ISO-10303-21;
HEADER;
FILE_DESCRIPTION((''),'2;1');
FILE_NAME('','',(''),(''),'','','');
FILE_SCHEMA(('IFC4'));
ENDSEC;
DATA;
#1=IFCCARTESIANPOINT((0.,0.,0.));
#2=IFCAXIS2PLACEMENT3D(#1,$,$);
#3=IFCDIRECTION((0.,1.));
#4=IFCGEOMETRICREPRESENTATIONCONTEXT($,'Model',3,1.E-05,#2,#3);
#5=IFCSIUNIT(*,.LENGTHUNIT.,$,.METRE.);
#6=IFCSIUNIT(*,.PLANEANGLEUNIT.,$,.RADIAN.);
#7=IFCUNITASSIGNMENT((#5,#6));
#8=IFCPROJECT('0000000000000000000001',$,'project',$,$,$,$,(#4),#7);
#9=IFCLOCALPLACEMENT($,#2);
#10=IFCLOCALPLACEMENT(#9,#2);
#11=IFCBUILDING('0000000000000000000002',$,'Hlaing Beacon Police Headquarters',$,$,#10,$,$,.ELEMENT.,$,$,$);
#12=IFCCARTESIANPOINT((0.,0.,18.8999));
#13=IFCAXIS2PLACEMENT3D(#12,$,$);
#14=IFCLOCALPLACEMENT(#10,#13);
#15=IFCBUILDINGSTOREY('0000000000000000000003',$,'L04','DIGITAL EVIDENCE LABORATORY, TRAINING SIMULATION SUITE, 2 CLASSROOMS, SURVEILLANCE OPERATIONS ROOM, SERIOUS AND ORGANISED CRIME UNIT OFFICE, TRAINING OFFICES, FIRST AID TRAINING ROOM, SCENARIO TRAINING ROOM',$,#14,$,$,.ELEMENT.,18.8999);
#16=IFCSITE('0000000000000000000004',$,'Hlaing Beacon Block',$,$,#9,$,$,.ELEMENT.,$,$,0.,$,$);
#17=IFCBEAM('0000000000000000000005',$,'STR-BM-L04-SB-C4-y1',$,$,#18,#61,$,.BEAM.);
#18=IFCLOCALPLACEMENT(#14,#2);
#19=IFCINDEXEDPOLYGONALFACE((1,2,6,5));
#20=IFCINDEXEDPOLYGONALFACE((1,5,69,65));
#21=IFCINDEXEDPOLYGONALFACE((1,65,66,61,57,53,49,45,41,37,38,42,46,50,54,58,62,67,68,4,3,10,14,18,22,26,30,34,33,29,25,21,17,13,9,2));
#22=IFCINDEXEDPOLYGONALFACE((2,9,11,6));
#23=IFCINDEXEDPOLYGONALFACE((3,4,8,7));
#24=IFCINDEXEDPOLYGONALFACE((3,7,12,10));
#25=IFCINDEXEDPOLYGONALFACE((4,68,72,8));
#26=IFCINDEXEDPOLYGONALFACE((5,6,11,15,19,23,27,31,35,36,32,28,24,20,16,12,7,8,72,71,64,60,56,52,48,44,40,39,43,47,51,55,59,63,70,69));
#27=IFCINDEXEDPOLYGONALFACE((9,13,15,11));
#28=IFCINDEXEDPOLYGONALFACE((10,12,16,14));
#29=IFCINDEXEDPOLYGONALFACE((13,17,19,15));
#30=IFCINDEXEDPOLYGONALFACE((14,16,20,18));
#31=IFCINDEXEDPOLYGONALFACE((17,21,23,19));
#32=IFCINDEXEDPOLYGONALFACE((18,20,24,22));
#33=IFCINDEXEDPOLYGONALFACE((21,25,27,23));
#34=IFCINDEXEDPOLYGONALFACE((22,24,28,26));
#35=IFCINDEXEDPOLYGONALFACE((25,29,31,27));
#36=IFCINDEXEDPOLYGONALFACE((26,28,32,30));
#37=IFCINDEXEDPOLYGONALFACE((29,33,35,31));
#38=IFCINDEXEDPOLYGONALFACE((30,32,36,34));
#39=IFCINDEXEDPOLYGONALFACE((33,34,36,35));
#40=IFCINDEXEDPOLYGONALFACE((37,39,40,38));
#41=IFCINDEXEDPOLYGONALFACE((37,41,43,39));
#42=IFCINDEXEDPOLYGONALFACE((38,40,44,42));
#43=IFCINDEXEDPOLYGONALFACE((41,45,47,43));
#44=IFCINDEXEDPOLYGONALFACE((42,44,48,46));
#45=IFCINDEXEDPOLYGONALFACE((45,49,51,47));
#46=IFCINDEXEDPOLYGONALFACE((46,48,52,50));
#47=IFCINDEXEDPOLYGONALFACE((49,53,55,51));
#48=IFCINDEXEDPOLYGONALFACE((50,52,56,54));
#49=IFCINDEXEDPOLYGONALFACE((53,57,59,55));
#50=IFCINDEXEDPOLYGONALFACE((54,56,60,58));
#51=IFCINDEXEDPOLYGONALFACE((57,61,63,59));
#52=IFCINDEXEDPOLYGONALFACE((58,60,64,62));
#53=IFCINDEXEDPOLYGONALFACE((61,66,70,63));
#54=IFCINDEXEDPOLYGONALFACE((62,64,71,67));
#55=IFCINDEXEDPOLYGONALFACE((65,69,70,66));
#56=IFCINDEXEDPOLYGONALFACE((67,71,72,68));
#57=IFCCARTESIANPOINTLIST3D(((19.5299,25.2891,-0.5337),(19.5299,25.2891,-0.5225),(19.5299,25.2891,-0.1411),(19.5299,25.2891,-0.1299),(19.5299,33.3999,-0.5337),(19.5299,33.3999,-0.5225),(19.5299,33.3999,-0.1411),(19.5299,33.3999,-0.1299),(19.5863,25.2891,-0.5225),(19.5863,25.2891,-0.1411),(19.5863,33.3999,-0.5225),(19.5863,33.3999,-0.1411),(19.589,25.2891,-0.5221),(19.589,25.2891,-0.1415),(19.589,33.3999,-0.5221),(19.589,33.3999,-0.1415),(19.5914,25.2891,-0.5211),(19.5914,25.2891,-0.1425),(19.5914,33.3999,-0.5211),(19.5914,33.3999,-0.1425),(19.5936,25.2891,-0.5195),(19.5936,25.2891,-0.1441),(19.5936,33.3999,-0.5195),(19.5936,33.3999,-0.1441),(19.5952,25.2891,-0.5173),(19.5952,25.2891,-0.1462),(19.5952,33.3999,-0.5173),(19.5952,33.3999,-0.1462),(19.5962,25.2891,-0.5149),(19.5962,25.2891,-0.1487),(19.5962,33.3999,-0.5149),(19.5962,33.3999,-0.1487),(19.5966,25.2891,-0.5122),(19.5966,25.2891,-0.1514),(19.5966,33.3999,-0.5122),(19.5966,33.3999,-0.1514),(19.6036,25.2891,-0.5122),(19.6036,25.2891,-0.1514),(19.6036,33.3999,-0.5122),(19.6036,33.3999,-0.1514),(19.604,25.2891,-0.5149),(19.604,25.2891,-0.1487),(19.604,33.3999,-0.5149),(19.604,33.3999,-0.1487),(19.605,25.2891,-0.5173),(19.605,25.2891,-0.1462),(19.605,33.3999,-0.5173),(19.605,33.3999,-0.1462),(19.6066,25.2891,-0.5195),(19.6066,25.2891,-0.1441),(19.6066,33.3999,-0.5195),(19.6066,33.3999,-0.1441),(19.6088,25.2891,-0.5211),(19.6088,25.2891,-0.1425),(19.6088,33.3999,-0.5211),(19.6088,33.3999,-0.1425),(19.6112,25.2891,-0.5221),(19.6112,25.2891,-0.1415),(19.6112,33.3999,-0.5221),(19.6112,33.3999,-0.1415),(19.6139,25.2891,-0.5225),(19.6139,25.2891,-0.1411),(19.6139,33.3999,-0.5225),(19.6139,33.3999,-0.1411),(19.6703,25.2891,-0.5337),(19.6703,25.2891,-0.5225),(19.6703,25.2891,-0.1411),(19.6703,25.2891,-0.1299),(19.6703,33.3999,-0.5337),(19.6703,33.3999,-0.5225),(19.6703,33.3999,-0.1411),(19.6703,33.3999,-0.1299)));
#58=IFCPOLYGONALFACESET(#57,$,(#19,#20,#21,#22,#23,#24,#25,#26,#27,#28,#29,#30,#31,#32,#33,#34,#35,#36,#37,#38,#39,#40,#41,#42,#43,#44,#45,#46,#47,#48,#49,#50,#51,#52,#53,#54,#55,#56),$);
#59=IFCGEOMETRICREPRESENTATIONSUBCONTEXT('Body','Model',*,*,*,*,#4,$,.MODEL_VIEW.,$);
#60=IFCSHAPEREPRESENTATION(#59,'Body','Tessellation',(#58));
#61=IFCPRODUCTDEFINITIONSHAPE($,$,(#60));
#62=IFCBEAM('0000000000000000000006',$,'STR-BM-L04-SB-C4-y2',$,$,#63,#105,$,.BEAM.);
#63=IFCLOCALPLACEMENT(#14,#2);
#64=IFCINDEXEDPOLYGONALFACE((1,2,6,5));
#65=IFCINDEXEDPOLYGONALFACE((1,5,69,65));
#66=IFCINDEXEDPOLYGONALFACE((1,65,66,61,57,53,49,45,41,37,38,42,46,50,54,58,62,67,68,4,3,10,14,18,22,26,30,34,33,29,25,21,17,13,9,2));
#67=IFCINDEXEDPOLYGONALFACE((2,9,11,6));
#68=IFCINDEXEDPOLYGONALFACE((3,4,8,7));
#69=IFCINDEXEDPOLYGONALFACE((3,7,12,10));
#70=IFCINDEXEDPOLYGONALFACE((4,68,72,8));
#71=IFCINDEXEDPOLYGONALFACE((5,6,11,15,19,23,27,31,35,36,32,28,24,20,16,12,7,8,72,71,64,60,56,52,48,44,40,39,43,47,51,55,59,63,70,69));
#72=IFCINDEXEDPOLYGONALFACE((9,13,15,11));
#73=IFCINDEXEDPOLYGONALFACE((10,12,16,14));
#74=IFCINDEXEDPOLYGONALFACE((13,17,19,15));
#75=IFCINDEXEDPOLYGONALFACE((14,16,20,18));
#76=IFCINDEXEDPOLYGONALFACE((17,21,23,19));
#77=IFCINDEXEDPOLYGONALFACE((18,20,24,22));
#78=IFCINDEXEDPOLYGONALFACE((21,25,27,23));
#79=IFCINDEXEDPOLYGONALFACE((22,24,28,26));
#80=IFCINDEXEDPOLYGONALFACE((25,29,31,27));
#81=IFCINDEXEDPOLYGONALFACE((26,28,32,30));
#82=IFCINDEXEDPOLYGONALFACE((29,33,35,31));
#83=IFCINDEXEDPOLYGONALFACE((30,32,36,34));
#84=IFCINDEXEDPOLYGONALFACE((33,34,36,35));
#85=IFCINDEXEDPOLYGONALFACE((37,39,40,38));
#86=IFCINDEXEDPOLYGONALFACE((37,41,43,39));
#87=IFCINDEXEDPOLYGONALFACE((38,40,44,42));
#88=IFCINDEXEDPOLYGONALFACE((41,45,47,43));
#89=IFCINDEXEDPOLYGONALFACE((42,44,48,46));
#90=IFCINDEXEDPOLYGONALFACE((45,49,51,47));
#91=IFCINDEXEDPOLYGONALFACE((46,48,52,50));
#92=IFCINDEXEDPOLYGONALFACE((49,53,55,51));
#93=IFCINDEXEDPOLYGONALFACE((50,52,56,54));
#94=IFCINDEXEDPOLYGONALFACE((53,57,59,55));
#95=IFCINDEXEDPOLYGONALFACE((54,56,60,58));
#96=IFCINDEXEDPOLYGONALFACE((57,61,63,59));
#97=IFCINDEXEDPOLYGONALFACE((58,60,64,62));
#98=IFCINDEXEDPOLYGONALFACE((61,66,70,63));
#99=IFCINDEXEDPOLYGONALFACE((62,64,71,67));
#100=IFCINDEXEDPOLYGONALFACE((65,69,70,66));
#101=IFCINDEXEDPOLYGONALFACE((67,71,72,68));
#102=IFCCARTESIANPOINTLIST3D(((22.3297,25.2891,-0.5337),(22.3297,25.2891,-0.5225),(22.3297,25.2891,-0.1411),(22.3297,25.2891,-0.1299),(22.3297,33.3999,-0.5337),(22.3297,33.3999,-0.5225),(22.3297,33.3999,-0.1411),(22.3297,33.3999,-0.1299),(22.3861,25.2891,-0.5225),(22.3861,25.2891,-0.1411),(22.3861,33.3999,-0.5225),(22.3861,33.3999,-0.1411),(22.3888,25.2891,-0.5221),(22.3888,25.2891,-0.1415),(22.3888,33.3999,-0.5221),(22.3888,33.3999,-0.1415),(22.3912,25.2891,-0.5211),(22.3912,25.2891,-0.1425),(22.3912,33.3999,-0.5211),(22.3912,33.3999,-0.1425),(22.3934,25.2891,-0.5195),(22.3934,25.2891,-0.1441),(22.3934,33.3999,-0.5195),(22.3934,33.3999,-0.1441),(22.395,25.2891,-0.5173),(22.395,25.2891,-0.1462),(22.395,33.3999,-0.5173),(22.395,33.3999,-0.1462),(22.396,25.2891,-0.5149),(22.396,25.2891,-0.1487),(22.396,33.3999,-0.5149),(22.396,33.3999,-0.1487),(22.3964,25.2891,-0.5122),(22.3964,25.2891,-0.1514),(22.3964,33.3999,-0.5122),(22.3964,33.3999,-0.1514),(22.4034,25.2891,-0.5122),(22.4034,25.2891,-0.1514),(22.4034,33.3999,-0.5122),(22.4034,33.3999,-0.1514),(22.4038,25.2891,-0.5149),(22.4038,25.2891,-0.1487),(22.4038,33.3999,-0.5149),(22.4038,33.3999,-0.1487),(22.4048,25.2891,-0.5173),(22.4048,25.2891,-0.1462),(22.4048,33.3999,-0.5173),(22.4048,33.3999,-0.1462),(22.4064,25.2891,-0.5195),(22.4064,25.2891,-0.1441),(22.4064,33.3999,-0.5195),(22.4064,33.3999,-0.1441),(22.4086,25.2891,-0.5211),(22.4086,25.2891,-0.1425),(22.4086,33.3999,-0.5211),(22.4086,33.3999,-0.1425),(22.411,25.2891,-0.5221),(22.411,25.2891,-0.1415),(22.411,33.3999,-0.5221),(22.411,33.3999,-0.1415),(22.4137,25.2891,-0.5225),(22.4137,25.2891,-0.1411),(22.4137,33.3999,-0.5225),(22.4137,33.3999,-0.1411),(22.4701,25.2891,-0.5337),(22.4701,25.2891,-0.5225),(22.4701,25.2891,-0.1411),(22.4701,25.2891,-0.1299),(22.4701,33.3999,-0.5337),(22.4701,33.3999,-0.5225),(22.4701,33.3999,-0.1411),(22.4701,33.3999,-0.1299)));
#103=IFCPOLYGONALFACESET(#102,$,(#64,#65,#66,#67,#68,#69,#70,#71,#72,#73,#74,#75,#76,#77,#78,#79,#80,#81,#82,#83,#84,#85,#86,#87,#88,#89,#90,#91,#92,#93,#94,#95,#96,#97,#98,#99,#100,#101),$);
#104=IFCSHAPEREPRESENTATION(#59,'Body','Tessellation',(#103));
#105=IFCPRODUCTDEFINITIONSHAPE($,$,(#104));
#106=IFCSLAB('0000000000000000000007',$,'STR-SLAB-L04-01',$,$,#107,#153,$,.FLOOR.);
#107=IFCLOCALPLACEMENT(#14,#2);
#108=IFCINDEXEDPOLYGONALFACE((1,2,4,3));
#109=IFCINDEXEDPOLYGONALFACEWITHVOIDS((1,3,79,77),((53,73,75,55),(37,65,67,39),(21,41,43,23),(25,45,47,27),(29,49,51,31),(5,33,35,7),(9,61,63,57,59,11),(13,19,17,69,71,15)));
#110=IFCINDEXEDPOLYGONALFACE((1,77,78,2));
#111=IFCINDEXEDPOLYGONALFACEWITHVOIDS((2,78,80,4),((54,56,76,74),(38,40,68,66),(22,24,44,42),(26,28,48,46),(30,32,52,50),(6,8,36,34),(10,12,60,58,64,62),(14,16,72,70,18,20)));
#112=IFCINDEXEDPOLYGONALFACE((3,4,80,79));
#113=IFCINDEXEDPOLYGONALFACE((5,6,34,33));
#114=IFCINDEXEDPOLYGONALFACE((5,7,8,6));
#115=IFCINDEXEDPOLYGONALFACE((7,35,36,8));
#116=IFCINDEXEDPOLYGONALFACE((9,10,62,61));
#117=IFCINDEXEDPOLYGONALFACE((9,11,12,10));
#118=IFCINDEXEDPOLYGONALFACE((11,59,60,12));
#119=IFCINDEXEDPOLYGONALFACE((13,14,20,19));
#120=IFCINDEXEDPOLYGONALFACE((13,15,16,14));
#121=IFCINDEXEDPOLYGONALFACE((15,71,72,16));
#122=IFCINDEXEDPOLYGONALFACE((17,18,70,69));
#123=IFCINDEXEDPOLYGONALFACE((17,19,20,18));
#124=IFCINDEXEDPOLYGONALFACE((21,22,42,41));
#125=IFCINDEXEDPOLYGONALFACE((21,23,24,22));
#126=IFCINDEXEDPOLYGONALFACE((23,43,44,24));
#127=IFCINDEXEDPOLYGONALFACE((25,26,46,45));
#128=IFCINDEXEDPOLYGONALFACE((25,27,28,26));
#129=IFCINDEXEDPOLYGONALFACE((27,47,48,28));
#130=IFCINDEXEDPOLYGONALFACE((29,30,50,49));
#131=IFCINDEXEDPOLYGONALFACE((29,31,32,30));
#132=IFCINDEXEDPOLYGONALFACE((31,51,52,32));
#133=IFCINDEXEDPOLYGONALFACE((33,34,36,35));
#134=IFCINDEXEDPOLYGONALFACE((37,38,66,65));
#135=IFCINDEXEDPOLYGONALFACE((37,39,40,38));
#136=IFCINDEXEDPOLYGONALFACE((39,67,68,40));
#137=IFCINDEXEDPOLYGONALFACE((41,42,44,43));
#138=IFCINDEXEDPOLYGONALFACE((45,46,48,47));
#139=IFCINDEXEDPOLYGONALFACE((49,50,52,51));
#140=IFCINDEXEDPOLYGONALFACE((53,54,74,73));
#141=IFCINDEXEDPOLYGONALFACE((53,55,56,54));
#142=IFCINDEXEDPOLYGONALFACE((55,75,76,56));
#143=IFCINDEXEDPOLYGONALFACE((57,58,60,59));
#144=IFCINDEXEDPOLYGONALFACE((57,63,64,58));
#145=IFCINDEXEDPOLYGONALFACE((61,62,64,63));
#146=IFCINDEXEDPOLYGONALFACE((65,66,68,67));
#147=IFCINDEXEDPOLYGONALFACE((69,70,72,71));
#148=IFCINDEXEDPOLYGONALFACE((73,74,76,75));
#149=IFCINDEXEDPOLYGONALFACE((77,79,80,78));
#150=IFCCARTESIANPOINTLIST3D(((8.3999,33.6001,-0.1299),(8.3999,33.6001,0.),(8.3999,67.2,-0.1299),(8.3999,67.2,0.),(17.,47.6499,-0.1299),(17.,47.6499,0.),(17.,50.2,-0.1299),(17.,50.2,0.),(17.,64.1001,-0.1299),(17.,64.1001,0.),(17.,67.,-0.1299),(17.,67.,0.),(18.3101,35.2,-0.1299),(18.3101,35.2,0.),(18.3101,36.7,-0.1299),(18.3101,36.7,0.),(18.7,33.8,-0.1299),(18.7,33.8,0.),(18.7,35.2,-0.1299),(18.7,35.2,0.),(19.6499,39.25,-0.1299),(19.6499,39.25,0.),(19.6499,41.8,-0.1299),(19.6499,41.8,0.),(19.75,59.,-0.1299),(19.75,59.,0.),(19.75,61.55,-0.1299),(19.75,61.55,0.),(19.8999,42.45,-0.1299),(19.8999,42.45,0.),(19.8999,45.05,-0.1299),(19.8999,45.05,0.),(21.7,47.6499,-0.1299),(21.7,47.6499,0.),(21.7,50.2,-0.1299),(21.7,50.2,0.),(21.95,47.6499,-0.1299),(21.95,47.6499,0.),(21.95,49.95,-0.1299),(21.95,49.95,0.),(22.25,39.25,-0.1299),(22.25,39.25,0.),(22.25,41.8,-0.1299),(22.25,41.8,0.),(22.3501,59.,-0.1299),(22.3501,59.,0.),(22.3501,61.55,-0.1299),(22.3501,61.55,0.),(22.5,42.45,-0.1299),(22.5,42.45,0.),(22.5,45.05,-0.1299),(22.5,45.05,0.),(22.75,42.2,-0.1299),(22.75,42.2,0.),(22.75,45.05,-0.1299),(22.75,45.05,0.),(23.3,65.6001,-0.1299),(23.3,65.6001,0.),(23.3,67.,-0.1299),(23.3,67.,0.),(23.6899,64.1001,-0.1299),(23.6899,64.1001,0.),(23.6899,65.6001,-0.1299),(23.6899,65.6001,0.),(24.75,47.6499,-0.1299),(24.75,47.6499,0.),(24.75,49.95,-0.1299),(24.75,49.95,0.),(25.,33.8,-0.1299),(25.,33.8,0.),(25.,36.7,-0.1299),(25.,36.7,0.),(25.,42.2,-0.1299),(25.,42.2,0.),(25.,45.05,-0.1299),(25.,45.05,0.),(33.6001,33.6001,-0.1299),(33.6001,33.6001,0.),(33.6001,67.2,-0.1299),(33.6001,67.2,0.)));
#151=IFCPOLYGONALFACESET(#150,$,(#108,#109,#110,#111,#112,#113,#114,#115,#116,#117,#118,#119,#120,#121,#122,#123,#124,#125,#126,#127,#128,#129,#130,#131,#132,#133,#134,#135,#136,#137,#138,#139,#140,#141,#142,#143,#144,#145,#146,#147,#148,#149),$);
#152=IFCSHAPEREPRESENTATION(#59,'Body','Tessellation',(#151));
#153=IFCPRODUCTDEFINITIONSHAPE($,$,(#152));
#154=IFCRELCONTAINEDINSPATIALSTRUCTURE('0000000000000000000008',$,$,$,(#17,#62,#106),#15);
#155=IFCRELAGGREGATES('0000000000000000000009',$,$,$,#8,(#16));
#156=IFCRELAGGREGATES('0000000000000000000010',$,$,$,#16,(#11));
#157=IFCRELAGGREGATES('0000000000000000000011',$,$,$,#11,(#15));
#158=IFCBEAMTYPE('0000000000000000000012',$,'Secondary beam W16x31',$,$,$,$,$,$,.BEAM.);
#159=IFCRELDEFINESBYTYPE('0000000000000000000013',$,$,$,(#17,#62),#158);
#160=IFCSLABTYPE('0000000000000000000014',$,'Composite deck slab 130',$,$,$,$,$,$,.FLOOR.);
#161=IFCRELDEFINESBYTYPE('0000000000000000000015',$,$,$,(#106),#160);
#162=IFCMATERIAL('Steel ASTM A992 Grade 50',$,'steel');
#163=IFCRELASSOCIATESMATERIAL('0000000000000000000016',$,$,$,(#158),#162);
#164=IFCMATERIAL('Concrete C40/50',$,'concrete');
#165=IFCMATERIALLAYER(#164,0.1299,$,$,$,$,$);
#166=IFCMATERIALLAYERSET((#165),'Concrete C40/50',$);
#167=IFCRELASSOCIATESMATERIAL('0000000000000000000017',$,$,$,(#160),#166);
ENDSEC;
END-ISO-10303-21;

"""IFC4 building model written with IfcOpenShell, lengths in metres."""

from ifc_helpers import new_model, si_unit, direction, frame, origin, origin_2d, place, context, subcontext, project, spatial, polyline, i_section, outline, extrude, material, layer, layer_set, material_profile, profile_set, type_object, element, save


model = new_model("IFC4")

# Units and contexts
model_context = context("Model", 3, precision=1e-05, world=origin(), true_north=direction((0.0, 1.0)))
body_context = subcontext(model_context, "Body", "Model", "MODEL_VIEW")
ifc_project = project(units=[si_unit("LENGTHUNIT", "METRE"), si_unit("PLANEANGLEUNIT", "RADIAN")], contexts=[model_context])

# Site, building, storey
site_placement = place(None, origin())
site = spatial("IfcSite", under=ifc_project, at=site_placement, Name="Hlaing Beacon Block", CompositionType="ELEMENT", RefElevation=0.0)
building_placement = place(site_placement, origin())
building = spatial("IfcBuilding", under=site, at=building_placement, Name="Hlaing Beacon Police Headquarters", CompositionType="ELEMENT")
storey_placement = place(building_placement, frame((0.0, 0.0, 18.8999)))
storey = spatial("IfcBuildingStorey", under=building, at=storey_placement, Name="L04", Description="DIGITAL EVIDENCE LABORATORY, TRAINING SIMULATION SUITE, 2 CLASSROOMS, SURVEILLANCE OPERATIONS ROOM, SERIOUS AND ORGANISED CRIME UNIT OFFICE, TRAINING OFFICES, FIRST AID TRAINING ROOM, SCENARIO TRAINING ROOM", CompositionType="ELEMENT", Elevation=18.8999)

# Beams
ifc_material_1 = material(Name="Steel ASTM A992 Grade 50", Category="steel")
ifc_material_profile_1 = material_profile(ifc_material_1, i_section(OverallWidth=0.1404, OverallDepth=0.4038, WebThickness=0.0071, FlangeThickness=0.0112, FilletRadius=0.0103, at=origin_2d()), Name="W16x31")
ifc_profile_set_1 = profile_set([ifc_material_profile_1], Name="Steel ASTM A992 Grade 50")
beam_type_1 = type_object("IfcBeamType", Name="Secondary beam W16x31", PredefinedType="BEAM", material=ifc_profile_set_1)
for number, where, z_axis, x_axis, name in (
    (1, (19.6001, 25.2891, -0.3318), (0.0, 1.0, 0.0), (-1.0, 0.0, 0.0), "STR-BM-L04-SB-C4-y1"),
    (2, (22.3999, 25.2891, -0.3318), (0.0, 1.0, 0.0), (-1.0, 0.0, 0.0), "STR-BM-L04-SB-C4-y2"),
):
    element("IfcBeam", number, at=place(storey_placement, frame(where, z_axis=z_axis, x_axis=x_axis)), inside=storey, type_object=beam_type_1, Name=name, PredefinedType="BEAM", context=body_context, shape_type="SweptSolid", body=[
        extrude(i_section(OverallWidth=0.1404, OverallDepth=0.4038, WebThickness=0.0071, FlangeThickness=0.0112, FilletRadius=0.0103, at=origin_2d()), origin(), (0.0, 0.0, 1.0), 8.1108),
    ])

# Slab
ifc_material_2 = material(Name="Concrete C40/50", Category="concrete")
ifc_layer_1 = layer(ifc_material_2, 0.1299)
ifc_layer_set_1 = layer_set([ifc_layer_1], Name="Concrete C40/50")
slab_type_1 = type_object("IfcSlabType", Name="Composite deck slab 130", PredefinedType="FLOOR", material=ifc_layer_set_1)
slab_1_placement = place(storey_placement, frame((0.0, 0.0, -0.1299)))
element("IfcSlab", 3, at=slab_1_placement, inside=storey, type_object=slab_type_1, Name="STR-SLAB-L04-01", PredefinedType="FLOOR", context=body_context, shape_type="SweptSolid", body=[
    extrude(outline(polyline([(8.3999, 33.6001), (33.6001, 33.6001), (33.6001, 67.2), (8.3999, 67.2), (8.3999, 33.6001)]), holes=[polyline([(17.0, 47.6499), (21.7, 47.6499), (21.7, 50.2), (17.0, 50.2), (17.0, 47.6499)]), polyline([(17.0, 64.1001), (23.6899, 64.1001), (23.6899, 65.6001), (23.3, 65.6001), (23.3, 67.0), (17.0, 67.0), (17.0, 64.1001)]), polyline([(18.7, 33.8), (25.0, 33.8), (25.0, 36.7), (18.3101, 36.7), (18.3101, 35.2), (18.7, 35.2), (18.7, 33.8)]), polyline([(19.6499, 39.25), (22.25, 39.25), (22.25, 41.8), (19.6499, 41.8), (19.6499, 39.25)]), polyline([(19.75, 59.0), (22.3501, 59.0), (22.3501, 61.55), (19.75, 61.55), (19.75, 59.0)]), polyline([(19.8999, 42.45), (22.5, 42.45), (22.5, 45.05), (19.8999, 45.05), (19.8999, 42.45)]), polyline([(21.95, 47.6499), (24.75, 47.6499), (24.75, 49.95), (21.95, 49.95), (21.95, 47.6499)]), polyline([(22.75, 42.2), (25.0, 42.2), (25.0, 45.05), (22.75, 45.05), (22.75, 42.2)])]), origin(), (0.0, 0.0, 1.0), 0.1299),
])

save(model, "model.ifc")
